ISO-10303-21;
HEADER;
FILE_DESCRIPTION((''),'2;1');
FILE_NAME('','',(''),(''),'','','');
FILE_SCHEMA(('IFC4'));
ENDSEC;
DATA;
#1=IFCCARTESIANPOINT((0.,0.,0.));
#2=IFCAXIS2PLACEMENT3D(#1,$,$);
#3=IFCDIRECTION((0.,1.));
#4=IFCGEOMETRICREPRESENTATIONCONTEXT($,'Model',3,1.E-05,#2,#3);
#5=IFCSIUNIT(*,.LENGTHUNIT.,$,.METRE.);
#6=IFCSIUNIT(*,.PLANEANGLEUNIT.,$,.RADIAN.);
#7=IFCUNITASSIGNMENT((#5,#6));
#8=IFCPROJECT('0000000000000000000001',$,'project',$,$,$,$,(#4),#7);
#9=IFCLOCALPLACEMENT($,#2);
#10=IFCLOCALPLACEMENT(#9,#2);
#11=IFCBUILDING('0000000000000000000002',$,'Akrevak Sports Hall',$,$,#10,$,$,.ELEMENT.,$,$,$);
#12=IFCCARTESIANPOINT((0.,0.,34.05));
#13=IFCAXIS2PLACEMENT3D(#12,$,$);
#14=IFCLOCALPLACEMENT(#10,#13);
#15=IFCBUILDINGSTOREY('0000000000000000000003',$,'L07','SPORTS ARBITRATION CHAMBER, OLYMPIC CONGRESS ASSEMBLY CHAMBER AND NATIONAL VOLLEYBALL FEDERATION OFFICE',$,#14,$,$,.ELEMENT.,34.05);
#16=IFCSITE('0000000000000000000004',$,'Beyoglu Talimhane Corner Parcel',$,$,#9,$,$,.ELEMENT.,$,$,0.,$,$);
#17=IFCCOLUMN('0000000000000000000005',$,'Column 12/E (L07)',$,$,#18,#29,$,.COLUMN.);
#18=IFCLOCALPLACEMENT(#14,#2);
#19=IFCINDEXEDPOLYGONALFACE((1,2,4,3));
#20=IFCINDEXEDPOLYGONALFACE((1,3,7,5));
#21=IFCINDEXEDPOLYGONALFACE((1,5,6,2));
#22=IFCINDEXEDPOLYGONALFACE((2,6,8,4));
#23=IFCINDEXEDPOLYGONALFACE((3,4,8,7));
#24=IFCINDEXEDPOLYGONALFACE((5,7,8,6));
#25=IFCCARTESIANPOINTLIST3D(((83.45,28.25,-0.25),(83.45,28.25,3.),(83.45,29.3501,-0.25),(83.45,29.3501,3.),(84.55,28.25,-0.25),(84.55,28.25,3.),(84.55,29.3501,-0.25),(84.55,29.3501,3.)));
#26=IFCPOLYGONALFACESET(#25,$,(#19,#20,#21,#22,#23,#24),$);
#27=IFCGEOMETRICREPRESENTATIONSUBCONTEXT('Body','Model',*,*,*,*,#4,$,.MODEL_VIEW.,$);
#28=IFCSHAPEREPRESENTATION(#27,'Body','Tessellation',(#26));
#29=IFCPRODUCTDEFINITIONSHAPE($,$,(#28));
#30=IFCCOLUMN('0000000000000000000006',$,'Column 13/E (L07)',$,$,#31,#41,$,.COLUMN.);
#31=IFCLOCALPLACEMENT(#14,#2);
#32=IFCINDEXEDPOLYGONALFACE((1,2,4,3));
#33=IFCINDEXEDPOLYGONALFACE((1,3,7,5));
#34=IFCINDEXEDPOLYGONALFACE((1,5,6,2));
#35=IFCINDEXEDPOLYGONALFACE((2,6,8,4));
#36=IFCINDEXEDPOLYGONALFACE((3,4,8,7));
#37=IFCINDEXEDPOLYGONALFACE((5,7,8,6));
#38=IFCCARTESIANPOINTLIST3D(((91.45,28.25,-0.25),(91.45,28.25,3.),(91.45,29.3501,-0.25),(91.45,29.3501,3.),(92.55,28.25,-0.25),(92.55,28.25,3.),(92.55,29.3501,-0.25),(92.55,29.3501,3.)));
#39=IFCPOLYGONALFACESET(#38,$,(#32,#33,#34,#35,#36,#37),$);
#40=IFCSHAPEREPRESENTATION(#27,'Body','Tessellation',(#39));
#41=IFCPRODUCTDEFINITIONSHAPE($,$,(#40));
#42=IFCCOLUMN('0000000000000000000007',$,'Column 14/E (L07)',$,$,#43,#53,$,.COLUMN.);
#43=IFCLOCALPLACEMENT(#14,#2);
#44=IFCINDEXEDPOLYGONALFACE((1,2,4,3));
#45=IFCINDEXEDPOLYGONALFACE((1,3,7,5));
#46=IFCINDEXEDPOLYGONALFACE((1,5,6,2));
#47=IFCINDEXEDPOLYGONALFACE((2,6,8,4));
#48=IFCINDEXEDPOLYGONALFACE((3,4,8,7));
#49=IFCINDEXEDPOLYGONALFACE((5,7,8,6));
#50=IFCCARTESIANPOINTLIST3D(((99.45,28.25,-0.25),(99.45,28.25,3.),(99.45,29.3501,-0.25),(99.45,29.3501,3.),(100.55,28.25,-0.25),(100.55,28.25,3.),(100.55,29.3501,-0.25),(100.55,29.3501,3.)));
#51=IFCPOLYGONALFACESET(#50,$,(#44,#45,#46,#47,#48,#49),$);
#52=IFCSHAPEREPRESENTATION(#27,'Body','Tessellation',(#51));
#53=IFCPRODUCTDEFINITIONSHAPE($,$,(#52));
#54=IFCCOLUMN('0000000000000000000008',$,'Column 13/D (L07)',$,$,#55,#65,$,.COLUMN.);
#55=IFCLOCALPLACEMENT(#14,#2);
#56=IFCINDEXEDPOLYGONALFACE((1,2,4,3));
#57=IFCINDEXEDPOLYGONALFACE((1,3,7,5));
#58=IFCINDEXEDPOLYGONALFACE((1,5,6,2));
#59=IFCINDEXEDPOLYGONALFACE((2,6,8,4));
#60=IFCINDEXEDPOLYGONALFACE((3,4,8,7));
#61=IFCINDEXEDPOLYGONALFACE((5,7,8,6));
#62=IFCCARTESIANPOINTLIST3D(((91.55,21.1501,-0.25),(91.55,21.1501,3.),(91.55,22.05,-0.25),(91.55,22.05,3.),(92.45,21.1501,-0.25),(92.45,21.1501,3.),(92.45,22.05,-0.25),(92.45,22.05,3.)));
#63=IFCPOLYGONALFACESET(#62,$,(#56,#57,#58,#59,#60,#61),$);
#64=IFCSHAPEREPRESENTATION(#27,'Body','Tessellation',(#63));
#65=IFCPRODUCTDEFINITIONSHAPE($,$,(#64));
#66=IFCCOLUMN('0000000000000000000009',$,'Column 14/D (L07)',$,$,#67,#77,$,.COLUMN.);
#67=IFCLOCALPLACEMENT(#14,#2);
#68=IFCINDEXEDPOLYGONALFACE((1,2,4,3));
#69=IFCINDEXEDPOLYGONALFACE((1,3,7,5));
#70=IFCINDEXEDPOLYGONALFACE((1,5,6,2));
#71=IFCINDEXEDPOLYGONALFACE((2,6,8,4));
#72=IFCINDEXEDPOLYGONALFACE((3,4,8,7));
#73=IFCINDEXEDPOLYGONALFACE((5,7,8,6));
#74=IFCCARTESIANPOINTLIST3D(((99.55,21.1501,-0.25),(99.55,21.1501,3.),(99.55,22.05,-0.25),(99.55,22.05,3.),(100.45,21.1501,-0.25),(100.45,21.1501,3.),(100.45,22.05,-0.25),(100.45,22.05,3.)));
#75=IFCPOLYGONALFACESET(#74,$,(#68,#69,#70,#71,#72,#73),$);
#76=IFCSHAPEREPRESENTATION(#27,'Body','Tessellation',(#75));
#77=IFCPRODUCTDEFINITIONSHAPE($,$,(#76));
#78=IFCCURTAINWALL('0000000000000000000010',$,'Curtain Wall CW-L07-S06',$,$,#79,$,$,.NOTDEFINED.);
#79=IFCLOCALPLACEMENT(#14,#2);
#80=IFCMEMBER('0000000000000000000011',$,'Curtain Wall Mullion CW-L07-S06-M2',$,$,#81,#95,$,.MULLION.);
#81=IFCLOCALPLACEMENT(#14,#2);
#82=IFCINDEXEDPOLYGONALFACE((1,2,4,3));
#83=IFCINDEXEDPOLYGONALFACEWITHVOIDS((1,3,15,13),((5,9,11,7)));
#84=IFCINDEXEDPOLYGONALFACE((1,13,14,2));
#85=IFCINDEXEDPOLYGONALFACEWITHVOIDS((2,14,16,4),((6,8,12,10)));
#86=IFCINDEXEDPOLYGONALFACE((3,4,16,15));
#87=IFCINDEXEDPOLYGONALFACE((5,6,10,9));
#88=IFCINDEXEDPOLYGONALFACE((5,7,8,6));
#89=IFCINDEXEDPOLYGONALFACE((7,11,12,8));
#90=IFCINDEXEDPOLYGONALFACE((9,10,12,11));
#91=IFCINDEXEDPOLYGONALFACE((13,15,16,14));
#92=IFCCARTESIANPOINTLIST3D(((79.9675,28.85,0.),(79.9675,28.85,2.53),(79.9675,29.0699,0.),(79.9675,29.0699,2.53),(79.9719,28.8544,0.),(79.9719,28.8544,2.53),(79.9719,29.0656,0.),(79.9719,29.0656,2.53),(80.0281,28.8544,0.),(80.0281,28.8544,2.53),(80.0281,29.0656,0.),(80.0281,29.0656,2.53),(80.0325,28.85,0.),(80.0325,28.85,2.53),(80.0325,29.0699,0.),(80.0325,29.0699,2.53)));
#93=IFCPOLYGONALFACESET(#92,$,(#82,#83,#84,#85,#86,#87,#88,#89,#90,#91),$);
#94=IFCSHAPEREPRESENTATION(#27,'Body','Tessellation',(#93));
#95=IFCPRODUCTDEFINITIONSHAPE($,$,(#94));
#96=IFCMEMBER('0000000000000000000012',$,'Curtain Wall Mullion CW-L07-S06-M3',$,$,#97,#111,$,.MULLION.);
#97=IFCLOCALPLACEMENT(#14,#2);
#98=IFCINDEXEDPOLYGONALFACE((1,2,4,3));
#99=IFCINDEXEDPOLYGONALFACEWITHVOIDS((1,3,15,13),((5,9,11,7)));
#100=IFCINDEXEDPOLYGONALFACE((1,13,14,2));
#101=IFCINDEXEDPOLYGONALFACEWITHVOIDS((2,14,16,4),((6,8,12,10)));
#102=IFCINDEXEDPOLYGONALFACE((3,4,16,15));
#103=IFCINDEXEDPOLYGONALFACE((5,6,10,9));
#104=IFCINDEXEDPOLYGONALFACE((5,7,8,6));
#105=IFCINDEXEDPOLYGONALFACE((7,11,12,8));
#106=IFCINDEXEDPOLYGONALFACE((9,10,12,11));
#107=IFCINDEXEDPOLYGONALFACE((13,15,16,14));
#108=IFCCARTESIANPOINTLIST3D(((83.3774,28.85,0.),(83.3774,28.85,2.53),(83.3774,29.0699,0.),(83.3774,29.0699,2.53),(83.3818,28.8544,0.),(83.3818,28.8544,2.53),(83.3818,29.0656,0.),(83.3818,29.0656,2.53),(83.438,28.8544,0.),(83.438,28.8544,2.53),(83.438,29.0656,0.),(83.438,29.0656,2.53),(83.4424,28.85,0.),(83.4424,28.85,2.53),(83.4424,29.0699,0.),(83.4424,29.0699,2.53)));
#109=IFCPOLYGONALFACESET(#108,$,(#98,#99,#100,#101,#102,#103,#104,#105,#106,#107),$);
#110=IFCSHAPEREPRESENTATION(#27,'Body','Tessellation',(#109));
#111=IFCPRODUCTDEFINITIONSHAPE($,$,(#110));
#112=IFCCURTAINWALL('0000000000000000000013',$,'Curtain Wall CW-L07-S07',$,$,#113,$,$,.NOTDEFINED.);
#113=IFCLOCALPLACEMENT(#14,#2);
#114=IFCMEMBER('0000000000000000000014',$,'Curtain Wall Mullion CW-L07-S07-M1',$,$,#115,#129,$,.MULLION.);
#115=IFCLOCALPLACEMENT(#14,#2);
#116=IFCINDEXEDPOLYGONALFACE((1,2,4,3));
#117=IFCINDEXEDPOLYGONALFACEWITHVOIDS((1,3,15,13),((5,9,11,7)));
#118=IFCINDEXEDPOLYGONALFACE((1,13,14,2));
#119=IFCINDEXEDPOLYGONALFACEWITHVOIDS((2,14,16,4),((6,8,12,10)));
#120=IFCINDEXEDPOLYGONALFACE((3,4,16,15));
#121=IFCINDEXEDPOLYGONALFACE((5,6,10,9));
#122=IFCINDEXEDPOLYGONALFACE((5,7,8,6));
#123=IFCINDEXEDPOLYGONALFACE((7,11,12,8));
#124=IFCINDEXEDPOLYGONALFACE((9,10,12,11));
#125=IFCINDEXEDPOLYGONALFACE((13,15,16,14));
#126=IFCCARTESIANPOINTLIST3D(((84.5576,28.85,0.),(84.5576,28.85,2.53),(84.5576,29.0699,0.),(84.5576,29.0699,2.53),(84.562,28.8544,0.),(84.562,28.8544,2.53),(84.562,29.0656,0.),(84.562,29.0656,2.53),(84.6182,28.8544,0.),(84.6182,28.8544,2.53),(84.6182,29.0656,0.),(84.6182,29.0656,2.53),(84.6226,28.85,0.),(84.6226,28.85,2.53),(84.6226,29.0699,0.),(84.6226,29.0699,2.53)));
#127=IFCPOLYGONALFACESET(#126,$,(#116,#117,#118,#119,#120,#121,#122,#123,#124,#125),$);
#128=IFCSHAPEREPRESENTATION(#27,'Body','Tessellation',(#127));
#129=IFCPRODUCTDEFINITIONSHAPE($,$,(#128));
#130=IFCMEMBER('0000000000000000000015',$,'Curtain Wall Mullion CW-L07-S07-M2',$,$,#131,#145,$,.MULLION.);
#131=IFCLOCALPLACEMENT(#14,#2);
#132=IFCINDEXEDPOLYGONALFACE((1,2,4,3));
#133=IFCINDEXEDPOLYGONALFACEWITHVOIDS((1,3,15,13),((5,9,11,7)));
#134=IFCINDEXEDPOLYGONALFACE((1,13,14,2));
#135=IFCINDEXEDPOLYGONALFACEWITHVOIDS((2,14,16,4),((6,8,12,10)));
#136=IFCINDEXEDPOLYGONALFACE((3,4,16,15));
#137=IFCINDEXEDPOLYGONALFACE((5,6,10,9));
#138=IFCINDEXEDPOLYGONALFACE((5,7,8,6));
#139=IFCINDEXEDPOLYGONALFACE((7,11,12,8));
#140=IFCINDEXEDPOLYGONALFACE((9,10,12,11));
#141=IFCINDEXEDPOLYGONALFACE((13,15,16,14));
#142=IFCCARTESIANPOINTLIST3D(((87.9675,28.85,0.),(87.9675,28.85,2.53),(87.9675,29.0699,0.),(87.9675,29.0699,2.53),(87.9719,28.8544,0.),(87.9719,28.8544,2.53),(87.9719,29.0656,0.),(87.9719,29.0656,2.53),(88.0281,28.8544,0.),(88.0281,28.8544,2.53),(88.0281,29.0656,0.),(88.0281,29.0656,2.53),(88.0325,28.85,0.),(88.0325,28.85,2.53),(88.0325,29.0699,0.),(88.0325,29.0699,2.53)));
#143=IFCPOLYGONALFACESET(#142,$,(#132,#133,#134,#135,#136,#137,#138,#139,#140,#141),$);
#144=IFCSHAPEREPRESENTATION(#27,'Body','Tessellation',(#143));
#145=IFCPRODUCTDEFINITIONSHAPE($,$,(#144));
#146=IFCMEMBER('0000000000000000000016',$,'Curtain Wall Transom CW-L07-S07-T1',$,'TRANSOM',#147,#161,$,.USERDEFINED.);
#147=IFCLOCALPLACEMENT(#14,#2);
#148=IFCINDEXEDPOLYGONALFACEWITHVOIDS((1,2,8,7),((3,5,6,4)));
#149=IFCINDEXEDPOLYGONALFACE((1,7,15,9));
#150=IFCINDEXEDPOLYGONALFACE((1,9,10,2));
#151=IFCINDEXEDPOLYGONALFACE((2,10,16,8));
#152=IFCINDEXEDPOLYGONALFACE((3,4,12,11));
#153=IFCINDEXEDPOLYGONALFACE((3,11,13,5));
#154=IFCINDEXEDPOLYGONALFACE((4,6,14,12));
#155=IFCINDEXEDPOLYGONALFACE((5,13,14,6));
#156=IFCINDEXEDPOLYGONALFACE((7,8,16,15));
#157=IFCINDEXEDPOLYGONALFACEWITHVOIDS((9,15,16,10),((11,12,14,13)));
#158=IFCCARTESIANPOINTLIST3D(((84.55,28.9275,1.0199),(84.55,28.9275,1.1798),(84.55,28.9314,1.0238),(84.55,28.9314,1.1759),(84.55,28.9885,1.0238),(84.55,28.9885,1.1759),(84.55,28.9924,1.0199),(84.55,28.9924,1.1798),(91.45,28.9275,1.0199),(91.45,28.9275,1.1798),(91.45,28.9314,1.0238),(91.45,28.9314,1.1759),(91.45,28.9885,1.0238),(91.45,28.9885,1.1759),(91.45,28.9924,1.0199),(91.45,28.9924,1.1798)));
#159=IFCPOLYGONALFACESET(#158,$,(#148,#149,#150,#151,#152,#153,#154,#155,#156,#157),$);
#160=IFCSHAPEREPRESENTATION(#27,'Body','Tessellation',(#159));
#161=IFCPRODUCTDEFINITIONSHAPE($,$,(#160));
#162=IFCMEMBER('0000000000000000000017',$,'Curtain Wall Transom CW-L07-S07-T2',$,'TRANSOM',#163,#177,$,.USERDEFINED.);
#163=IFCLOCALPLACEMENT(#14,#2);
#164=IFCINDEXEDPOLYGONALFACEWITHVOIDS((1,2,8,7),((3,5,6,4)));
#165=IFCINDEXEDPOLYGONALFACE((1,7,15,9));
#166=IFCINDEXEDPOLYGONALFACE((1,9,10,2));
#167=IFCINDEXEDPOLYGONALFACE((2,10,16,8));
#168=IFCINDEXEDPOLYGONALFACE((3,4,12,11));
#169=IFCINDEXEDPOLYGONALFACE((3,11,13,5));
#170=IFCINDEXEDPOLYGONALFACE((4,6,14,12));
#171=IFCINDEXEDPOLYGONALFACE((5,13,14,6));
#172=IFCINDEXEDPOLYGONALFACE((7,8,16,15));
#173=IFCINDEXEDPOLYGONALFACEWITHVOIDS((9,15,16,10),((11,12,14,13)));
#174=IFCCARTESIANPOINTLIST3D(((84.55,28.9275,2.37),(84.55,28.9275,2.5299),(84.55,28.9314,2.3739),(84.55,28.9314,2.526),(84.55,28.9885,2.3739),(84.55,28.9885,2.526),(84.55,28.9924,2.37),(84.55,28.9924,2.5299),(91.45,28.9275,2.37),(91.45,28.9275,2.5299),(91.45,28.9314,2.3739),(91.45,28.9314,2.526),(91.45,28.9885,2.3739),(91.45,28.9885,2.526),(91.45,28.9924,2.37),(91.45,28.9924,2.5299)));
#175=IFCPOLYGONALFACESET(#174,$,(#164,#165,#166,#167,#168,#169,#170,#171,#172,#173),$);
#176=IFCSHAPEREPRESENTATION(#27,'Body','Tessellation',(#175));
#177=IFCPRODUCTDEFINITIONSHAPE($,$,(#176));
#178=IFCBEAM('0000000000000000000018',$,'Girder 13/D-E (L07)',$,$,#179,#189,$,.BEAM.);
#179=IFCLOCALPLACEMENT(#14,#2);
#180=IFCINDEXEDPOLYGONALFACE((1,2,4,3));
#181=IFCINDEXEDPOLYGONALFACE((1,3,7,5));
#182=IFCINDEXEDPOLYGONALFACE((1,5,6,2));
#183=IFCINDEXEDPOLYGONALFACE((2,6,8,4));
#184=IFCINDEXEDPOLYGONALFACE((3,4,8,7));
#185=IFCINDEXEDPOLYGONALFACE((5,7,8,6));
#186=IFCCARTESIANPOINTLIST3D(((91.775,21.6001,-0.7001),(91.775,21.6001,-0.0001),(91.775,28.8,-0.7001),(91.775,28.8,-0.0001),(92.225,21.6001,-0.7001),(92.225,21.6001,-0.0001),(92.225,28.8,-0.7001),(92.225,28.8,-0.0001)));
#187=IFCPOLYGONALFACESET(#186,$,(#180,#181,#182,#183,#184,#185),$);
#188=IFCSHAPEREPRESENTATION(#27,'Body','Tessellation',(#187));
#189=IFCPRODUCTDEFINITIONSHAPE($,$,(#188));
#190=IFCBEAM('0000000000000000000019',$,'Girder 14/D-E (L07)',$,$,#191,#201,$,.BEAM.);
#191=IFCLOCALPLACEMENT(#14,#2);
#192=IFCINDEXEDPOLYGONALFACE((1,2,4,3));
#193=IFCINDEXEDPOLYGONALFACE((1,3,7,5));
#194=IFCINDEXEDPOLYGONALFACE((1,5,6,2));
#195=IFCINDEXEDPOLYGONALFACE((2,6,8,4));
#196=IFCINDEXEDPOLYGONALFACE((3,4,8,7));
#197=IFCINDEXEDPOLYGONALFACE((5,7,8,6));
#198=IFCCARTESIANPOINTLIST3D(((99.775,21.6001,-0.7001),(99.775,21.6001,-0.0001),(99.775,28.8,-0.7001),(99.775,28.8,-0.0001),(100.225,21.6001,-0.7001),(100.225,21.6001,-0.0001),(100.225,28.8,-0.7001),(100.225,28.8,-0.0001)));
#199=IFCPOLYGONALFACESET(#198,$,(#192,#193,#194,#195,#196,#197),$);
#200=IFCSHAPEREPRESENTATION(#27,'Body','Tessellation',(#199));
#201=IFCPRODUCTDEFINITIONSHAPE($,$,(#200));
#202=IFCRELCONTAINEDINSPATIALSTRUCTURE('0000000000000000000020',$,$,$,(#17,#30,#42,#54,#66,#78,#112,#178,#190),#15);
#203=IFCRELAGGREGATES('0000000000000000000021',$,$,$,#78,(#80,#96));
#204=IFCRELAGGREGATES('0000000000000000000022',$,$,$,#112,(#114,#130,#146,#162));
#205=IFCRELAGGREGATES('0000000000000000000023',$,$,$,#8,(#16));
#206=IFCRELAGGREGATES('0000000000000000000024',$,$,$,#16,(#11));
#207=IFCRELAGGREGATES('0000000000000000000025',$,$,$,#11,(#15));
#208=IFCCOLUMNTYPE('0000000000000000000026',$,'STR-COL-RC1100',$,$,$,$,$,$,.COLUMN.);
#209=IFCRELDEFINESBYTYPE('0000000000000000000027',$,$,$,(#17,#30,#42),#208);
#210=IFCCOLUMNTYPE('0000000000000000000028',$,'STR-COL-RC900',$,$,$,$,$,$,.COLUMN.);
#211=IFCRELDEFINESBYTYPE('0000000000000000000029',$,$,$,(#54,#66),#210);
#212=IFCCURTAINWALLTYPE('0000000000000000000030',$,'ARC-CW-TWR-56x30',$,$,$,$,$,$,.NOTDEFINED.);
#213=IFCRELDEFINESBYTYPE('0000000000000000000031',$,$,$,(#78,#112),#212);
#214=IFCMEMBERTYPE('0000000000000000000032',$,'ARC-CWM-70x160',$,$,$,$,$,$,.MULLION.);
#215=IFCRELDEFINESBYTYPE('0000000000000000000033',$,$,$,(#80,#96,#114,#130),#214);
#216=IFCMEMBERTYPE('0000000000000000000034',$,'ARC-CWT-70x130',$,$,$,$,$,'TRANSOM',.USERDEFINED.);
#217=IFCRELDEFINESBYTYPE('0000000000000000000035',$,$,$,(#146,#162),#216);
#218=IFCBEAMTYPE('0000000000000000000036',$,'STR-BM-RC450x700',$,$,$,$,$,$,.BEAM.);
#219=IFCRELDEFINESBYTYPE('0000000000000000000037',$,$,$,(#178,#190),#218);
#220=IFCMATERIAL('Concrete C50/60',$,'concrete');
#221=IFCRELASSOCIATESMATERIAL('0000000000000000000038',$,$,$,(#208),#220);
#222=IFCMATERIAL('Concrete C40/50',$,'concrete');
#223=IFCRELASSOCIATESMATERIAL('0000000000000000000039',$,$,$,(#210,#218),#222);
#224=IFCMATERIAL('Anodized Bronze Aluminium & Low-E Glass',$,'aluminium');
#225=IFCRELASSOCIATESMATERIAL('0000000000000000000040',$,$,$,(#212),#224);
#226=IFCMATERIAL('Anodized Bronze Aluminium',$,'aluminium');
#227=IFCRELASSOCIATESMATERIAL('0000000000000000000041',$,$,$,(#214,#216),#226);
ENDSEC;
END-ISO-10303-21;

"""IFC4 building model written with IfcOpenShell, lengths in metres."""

from ifc_helpers import new_model, si_unit, direction, frame, origin, origin_2d, place, context, subcontext, project, spatial, rectangle, hollow_rectangle, extrude, material, material_profile, profile_set, type_object, element, aggregate, save


model = new_model("IFC4")

# Units and contexts
model_context = context("Model", 3, precision=1e-05, world=origin(), true_north=direction((0.0, 1.0)))
body_context = subcontext(model_context, "Body", "Model", "MODEL_VIEW")
ifc_project = project(units=[si_unit("LENGTHUNIT", "METRE"), si_unit("PLANEANGLEUNIT", "RADIAN")], contexts=[model_context])

# Site, building, storey
site_placement = place(None, origin())
site = spatial("IfcSite", under=ifc_project, at=site_placement, Name="Beyoglu Talimhane Corner Parcel", CompositionType="ELEMENT", RefElevation=0.0)
building_placement = place(site_placement, origin())
building = spatial("IfcBuilding", under=site, at=building_placement, Name="Akrevak Sports Hall", CompositionType="ELEMENT")
storey_placement = place(building_placement, frame((0.0, 0.0, 34.05)))
storey = spatial("IfcBuildingStorey", under=building, at=storey_placement, Name="L07", Description="SPORTS ARBITRATION CHAMBER, OLYMPIC CONGRESS ASSEMBLY CHAMBER AND NATIONAL VOLLEYBALL FEDERATION OFFICE", CompositionType="ELEMENT", Elevation=34.05)

# Columns
ifc_material_1 = material(Name="Concrete C50/60", Category="concrete")
ifc_material_profile_1 = material_profile(ifc_material_1, rectangle(XDim=1.1001, YDim=1.1001, at=origin_2d()), Name="RC 1100x1100", Category="concrete")
ifc_profile_set_1 = profile_set([ifc_material_profile_1], Name="Concrete C50/60")
column_type_1 = type_object("IfcColumnType", Name="STR-COL-RC1100", PredefinedType="COLUMN", material=ifc_profile_set_1)
for number, where, z_axis, x_axis, name in (
    (1, (84.0, 28.8, -0.25), (0.0, 0.0, 1.0), (1.0, 0.0, 0.0), "Column 12/E (L07)"),
    (2, (92.0, 28.8, -0.25), (0.0, 0.0, 1.0), (1.0, 0.0, 0.0), "Column 13/E (L07)"),
    (3, (100.0, 28.8, -0.25), (0.0, 0.0, 1.0), (1.0, 0.0, 0.0), "Column 14/E (L07)"),
):
    element("IfcColumn", number, at=place(storey_placement, frame(where, z_axis=z_axis, x_axis=x_axis)), inside=storey, type_object=column_type_1, Name=name, PredefinedType="COLUMN", context=body_context, shape_type="SweptSolid", body=[
        extrude(rectangle(XDim=1.1001, YDim=1.1001, at=origin_2d()), origin(), (0.0, 0.0, 1.0), 3.25),
    ])
ifc_material_2 = material(Name="Concrete C40/50", Category="concrete")
ifc_material_profile_2 = material_profile(ifc_material_2, rectangle(XDim=0.8999, YDim=0.8999, at=origin_2d()), Name="RC 900x900", Category="concrete")
ifc_profile_set_2 = profile_set([ifc_material_profile_2], Name="Concrete C40/50")
column_type_2 = type_object("IfcColumnType", Name="STR-COL-RC900", PredefinedType="COLUMN", material=ifc_profile_set_2)
for number, where, z_axis, x_axis, name in (
    (4, (92.0, 21.6001, -0.25), (0.0, 0.0, 1.0), (1.0, 0.0, 0.0), "Column 13/D (L07)"),
    (5, (100.0, 21.6001, -0.25), (0.0, 0.0, 1.0), (1.0, 0.0, 0.0), "Column 14/D (L07)"),
):
    element("IfcColumn", number, at=place(storey_placement, frame(where, z_axis=z_axis, x_axis=x_axis)), inside=storey, type_object=column_type_2, Name=name, PredefinedType="COLUMN", context=body_context, shape_type="SweptSolid", body=[
        extrude(rectangle(XDim=0.8999, YDim=0.8999, at=origin_2d()), origin(), (0.0, 0.0, 1.0), 3.25),
    ])

# Curtain walls, members
ifc_material_3 = material(Name="Anodized Bronze Aluminium & Low-E Glass", Category="aluminium")
curtain_wall_type = type_object("IfcCurtainWallType", Name="ARC-CW-TWR-56x30", PredefinedType="NOTDEFINED", material=ifc_material_3)
curtain_wall_1_placement = place(storey_placement, origin())
curtain_wall_1 = element("IfcCurtainWall", 6, at=curtain_wall_1_placement, inside=storey, type_object=curtain_wall_type, Name="Curtain Wall CW-L07-S06", PredefinedType="NOTDEFINED")
ifc_material_4 = material(Name="Anodized Bronze Aluminium", Category="aluminium")
ifc_material_profile_3 = material_profile(ifc_material_4, hollow_rectangle(XDim=0.0649, YDim=0.22, WallThickness=0.0044, at=origin_2d()), Name="CWM 65x220", Category="aluminium")
ifc_profile_set_3 = profile_set([ifc_material_profile_3], Name="Anodized Bronze Aluminium")
member_type_1 = type_object("IfcMemberType", Name="ARC-CWM-70x160", PredefinedType="MULLION", material=ifc_profile_set_3)
member_1_placement = place(storey_placement, frame((80.0, 28.96, 0.0), z_axis=(0.0, 0.0, 1.0), x_axis=(1.0, 0.0, 0.0)))
member_1 = element("IfcMember", 7, at=member_1_placement, type_object=member_type_1, Name="Curtain Wall Mullion CW-L07-S06-M2", PredefinedType="MULLION", context=body_context, shape_type="SweptSolid", body=[
    extrude(hollow_rectangle(XDim=0.0649, YDim=0.22, WallThickness=0.0044, at=origin_2d()), origin(), (0.0, 0.0, 1.0), 2.53),
])
member_2_placement = place(storey_placement, frame((83.4099, 28.96, 0.0), z_axis=(0.0, 0.0, 1.0), x_axis=(1.0, 0.0, 0.0)))
member_2 = element("IfcMember", 8, at=member_2_placement, type_object=member_type_1, Name="Curtain Wall Mullion CW-L07-S06-M3", PredefinedType="MULLION", context=body_context, shape_type="SweptSolid", body=[
    extrude(hollow_rectangle(XDim=0.0649, YDim=0.22, WallThickness=0.0044, at=origin_2d()), origin(), (0.0, 0.0, 1.0), 2.53),
])
curtain_wall_2_placement = place(storey_placement, origin())
curtain_wall_2 = element("IfcCurtainWall", 9, at=curtain_wall_2_placement, inside=storey, type_object=curtain_wall_type, Name="Curtain Wall CW-L07-S07", PredefinedType="NOTDEFINED")
member_3_placement = place(storey_placement, frame((84.5901, 28.96, 0.0), z_axis=(0.0, 0.0, 1.0), x_axis=(1.0, 0.0, 0.0)))
member_3 = element("IfcMember", 10, at=member_3_placement, type_object=member_type_1, Name="Curtain Wall Mullion CW-L07-S07-M1", PredefinedType="MULLION", context=body_context, shape_type="SweptSolid", body=[
    extrude(hollow_rectangle(XDim=0.0649, YDim=0.22, WallThickness=0.0044, at=origin_2d()), origin(), (0.0, 0.0, 1.0), 2.53),
])
member_4_placement = place(storey_placement, frame((88.0, 28.96, 0.0), z_axis=(0.0, 0.0, 1.0), x_axis=(1.0, 0.0, 0.0)))
member_4 = element("IfcMember", 11, at=member_4_placement, type_object=member_type_1, Name="Curtain Wall Mullion CW-L07-S07-M2", PredefinedType="MULLION", context=body_context, shape_type="SweptSolid", body=[
    extrude(hollow_rectangle(XDim=0.0649, YDim=0.22, WallThickness=0.0044, at=origin_2d()), origin(), (0.0, 0.0, 1.0), 2.53),
])
ifc_material_profile_4 = material_profile(ifc_material_4, hollow_rectangle(XDim=0.0649, YDim=0.1599, WallThickness=0.0039, at=origin_2d()), Name="CWT 65x160", Category="aluminium")
ifc_profile_set_4 = profile_set([ifc_material_profile_4], Name="Anodized Bronze Aluminium")
member_type_2 = type_object("IfcMemberType", Name="ARC-CWT-70x130", ElementType="TRANSOM", PredefinedType="USERDEFINED", material=ifc_profile_set_4)
member_5_placement = place(storey_placement, frame((84.55, 28.96, 1.0999), z_axis=(1.0, 0.0, 0.0), x_axis=(0.0, 1.0, 0.0)))
member_5 = element("IfcMember", 12, at=member_5_placement, type_object=member_type_2, Name="Curtain Wall Transom CW-L07-S07-T1", ObjectType="TRANSOM", PredefinedType="USERDEFINED", context=body_context, shape_type="SweptSolid", body=[
    extrude(hollow_rectangle(XDim=0.0649, YDim=0.1599, WallThickness=0.0039, at=origin_2d()), origin(), (0.0, 0.0, 1.0), 6.8999),
])
member_6_placement = place(storey_placement, frame((84.55, 28.96, 2.45), z_axis=(1.0, 0.0, 0.0), x_axis=(0.0, 1.0, 0.0)))
member_6 = element("IfcMember", 13, at=member_6_placement, type_object=member_type_2, Name="Curtain Wall Transom CW-L07-S07-T2", ObjectType="TRANSOM", PredefinedType="USERDEFINED", context=body_context, shape_type="SweptSolid", body=[
    extrude(hollow_rectangle(XDim=0.0649, YDim=0.1599, WallThickness=0.0039, at=origin_2d()), origin(), (0.0, 0.0, 1.0), 6.8999),
])

# Beams
ifc_material_profile_5 = material_profile(ifc_material_2, rectangle(XDim=0.45, YDim=0.7, at=origin_2d()), Name="BM 450x700", Category="concrete")
ifc_profile_set_5 = profile_set([ifc_material_profile_5], Name="Concrete C40/50")
beam_type_1 = type_object("IfcBeamType", Name="STR-BM-RC450x700", PredefinedType="BEAM", material=ifc_profile_set_5)
for number, where, z_axis, x_axis, name in (
    (14, (92.0, 21.6001, -0.3501), (0.0, 1.0, 0.0), (-1.0, 0.0, 0.0), "Girder 13/D-E (L07)"),
    (15, (100.0, 21.6001, -0.3501), (0.0, 1.0, 0.0), (-1.0, 0.0, 0.0), "Girder 14/D-E (L07)"),
):
    element("IfcBeam", number, at=place(storey_placement, frame(where, z_axis=z_axis, x_axis=x_axis)), inside=storey, type_object=beam_type_1, Name=name, PredefinedType="BEAM", context=body_context, shape_type="SweptSolid", body=[
        extrude(rectangle(XDim=0.45, YDim=0.7, at=origin_2d()), origin(), (0.0, 0.0, 1.0), 7.2),
    ])

aggregate(curtain_wall_1, [member_1, member_2])
aggregate(curtain_wall_2, [member_3, member_4, member_5, member_6])

save(model, "model.ifc")
